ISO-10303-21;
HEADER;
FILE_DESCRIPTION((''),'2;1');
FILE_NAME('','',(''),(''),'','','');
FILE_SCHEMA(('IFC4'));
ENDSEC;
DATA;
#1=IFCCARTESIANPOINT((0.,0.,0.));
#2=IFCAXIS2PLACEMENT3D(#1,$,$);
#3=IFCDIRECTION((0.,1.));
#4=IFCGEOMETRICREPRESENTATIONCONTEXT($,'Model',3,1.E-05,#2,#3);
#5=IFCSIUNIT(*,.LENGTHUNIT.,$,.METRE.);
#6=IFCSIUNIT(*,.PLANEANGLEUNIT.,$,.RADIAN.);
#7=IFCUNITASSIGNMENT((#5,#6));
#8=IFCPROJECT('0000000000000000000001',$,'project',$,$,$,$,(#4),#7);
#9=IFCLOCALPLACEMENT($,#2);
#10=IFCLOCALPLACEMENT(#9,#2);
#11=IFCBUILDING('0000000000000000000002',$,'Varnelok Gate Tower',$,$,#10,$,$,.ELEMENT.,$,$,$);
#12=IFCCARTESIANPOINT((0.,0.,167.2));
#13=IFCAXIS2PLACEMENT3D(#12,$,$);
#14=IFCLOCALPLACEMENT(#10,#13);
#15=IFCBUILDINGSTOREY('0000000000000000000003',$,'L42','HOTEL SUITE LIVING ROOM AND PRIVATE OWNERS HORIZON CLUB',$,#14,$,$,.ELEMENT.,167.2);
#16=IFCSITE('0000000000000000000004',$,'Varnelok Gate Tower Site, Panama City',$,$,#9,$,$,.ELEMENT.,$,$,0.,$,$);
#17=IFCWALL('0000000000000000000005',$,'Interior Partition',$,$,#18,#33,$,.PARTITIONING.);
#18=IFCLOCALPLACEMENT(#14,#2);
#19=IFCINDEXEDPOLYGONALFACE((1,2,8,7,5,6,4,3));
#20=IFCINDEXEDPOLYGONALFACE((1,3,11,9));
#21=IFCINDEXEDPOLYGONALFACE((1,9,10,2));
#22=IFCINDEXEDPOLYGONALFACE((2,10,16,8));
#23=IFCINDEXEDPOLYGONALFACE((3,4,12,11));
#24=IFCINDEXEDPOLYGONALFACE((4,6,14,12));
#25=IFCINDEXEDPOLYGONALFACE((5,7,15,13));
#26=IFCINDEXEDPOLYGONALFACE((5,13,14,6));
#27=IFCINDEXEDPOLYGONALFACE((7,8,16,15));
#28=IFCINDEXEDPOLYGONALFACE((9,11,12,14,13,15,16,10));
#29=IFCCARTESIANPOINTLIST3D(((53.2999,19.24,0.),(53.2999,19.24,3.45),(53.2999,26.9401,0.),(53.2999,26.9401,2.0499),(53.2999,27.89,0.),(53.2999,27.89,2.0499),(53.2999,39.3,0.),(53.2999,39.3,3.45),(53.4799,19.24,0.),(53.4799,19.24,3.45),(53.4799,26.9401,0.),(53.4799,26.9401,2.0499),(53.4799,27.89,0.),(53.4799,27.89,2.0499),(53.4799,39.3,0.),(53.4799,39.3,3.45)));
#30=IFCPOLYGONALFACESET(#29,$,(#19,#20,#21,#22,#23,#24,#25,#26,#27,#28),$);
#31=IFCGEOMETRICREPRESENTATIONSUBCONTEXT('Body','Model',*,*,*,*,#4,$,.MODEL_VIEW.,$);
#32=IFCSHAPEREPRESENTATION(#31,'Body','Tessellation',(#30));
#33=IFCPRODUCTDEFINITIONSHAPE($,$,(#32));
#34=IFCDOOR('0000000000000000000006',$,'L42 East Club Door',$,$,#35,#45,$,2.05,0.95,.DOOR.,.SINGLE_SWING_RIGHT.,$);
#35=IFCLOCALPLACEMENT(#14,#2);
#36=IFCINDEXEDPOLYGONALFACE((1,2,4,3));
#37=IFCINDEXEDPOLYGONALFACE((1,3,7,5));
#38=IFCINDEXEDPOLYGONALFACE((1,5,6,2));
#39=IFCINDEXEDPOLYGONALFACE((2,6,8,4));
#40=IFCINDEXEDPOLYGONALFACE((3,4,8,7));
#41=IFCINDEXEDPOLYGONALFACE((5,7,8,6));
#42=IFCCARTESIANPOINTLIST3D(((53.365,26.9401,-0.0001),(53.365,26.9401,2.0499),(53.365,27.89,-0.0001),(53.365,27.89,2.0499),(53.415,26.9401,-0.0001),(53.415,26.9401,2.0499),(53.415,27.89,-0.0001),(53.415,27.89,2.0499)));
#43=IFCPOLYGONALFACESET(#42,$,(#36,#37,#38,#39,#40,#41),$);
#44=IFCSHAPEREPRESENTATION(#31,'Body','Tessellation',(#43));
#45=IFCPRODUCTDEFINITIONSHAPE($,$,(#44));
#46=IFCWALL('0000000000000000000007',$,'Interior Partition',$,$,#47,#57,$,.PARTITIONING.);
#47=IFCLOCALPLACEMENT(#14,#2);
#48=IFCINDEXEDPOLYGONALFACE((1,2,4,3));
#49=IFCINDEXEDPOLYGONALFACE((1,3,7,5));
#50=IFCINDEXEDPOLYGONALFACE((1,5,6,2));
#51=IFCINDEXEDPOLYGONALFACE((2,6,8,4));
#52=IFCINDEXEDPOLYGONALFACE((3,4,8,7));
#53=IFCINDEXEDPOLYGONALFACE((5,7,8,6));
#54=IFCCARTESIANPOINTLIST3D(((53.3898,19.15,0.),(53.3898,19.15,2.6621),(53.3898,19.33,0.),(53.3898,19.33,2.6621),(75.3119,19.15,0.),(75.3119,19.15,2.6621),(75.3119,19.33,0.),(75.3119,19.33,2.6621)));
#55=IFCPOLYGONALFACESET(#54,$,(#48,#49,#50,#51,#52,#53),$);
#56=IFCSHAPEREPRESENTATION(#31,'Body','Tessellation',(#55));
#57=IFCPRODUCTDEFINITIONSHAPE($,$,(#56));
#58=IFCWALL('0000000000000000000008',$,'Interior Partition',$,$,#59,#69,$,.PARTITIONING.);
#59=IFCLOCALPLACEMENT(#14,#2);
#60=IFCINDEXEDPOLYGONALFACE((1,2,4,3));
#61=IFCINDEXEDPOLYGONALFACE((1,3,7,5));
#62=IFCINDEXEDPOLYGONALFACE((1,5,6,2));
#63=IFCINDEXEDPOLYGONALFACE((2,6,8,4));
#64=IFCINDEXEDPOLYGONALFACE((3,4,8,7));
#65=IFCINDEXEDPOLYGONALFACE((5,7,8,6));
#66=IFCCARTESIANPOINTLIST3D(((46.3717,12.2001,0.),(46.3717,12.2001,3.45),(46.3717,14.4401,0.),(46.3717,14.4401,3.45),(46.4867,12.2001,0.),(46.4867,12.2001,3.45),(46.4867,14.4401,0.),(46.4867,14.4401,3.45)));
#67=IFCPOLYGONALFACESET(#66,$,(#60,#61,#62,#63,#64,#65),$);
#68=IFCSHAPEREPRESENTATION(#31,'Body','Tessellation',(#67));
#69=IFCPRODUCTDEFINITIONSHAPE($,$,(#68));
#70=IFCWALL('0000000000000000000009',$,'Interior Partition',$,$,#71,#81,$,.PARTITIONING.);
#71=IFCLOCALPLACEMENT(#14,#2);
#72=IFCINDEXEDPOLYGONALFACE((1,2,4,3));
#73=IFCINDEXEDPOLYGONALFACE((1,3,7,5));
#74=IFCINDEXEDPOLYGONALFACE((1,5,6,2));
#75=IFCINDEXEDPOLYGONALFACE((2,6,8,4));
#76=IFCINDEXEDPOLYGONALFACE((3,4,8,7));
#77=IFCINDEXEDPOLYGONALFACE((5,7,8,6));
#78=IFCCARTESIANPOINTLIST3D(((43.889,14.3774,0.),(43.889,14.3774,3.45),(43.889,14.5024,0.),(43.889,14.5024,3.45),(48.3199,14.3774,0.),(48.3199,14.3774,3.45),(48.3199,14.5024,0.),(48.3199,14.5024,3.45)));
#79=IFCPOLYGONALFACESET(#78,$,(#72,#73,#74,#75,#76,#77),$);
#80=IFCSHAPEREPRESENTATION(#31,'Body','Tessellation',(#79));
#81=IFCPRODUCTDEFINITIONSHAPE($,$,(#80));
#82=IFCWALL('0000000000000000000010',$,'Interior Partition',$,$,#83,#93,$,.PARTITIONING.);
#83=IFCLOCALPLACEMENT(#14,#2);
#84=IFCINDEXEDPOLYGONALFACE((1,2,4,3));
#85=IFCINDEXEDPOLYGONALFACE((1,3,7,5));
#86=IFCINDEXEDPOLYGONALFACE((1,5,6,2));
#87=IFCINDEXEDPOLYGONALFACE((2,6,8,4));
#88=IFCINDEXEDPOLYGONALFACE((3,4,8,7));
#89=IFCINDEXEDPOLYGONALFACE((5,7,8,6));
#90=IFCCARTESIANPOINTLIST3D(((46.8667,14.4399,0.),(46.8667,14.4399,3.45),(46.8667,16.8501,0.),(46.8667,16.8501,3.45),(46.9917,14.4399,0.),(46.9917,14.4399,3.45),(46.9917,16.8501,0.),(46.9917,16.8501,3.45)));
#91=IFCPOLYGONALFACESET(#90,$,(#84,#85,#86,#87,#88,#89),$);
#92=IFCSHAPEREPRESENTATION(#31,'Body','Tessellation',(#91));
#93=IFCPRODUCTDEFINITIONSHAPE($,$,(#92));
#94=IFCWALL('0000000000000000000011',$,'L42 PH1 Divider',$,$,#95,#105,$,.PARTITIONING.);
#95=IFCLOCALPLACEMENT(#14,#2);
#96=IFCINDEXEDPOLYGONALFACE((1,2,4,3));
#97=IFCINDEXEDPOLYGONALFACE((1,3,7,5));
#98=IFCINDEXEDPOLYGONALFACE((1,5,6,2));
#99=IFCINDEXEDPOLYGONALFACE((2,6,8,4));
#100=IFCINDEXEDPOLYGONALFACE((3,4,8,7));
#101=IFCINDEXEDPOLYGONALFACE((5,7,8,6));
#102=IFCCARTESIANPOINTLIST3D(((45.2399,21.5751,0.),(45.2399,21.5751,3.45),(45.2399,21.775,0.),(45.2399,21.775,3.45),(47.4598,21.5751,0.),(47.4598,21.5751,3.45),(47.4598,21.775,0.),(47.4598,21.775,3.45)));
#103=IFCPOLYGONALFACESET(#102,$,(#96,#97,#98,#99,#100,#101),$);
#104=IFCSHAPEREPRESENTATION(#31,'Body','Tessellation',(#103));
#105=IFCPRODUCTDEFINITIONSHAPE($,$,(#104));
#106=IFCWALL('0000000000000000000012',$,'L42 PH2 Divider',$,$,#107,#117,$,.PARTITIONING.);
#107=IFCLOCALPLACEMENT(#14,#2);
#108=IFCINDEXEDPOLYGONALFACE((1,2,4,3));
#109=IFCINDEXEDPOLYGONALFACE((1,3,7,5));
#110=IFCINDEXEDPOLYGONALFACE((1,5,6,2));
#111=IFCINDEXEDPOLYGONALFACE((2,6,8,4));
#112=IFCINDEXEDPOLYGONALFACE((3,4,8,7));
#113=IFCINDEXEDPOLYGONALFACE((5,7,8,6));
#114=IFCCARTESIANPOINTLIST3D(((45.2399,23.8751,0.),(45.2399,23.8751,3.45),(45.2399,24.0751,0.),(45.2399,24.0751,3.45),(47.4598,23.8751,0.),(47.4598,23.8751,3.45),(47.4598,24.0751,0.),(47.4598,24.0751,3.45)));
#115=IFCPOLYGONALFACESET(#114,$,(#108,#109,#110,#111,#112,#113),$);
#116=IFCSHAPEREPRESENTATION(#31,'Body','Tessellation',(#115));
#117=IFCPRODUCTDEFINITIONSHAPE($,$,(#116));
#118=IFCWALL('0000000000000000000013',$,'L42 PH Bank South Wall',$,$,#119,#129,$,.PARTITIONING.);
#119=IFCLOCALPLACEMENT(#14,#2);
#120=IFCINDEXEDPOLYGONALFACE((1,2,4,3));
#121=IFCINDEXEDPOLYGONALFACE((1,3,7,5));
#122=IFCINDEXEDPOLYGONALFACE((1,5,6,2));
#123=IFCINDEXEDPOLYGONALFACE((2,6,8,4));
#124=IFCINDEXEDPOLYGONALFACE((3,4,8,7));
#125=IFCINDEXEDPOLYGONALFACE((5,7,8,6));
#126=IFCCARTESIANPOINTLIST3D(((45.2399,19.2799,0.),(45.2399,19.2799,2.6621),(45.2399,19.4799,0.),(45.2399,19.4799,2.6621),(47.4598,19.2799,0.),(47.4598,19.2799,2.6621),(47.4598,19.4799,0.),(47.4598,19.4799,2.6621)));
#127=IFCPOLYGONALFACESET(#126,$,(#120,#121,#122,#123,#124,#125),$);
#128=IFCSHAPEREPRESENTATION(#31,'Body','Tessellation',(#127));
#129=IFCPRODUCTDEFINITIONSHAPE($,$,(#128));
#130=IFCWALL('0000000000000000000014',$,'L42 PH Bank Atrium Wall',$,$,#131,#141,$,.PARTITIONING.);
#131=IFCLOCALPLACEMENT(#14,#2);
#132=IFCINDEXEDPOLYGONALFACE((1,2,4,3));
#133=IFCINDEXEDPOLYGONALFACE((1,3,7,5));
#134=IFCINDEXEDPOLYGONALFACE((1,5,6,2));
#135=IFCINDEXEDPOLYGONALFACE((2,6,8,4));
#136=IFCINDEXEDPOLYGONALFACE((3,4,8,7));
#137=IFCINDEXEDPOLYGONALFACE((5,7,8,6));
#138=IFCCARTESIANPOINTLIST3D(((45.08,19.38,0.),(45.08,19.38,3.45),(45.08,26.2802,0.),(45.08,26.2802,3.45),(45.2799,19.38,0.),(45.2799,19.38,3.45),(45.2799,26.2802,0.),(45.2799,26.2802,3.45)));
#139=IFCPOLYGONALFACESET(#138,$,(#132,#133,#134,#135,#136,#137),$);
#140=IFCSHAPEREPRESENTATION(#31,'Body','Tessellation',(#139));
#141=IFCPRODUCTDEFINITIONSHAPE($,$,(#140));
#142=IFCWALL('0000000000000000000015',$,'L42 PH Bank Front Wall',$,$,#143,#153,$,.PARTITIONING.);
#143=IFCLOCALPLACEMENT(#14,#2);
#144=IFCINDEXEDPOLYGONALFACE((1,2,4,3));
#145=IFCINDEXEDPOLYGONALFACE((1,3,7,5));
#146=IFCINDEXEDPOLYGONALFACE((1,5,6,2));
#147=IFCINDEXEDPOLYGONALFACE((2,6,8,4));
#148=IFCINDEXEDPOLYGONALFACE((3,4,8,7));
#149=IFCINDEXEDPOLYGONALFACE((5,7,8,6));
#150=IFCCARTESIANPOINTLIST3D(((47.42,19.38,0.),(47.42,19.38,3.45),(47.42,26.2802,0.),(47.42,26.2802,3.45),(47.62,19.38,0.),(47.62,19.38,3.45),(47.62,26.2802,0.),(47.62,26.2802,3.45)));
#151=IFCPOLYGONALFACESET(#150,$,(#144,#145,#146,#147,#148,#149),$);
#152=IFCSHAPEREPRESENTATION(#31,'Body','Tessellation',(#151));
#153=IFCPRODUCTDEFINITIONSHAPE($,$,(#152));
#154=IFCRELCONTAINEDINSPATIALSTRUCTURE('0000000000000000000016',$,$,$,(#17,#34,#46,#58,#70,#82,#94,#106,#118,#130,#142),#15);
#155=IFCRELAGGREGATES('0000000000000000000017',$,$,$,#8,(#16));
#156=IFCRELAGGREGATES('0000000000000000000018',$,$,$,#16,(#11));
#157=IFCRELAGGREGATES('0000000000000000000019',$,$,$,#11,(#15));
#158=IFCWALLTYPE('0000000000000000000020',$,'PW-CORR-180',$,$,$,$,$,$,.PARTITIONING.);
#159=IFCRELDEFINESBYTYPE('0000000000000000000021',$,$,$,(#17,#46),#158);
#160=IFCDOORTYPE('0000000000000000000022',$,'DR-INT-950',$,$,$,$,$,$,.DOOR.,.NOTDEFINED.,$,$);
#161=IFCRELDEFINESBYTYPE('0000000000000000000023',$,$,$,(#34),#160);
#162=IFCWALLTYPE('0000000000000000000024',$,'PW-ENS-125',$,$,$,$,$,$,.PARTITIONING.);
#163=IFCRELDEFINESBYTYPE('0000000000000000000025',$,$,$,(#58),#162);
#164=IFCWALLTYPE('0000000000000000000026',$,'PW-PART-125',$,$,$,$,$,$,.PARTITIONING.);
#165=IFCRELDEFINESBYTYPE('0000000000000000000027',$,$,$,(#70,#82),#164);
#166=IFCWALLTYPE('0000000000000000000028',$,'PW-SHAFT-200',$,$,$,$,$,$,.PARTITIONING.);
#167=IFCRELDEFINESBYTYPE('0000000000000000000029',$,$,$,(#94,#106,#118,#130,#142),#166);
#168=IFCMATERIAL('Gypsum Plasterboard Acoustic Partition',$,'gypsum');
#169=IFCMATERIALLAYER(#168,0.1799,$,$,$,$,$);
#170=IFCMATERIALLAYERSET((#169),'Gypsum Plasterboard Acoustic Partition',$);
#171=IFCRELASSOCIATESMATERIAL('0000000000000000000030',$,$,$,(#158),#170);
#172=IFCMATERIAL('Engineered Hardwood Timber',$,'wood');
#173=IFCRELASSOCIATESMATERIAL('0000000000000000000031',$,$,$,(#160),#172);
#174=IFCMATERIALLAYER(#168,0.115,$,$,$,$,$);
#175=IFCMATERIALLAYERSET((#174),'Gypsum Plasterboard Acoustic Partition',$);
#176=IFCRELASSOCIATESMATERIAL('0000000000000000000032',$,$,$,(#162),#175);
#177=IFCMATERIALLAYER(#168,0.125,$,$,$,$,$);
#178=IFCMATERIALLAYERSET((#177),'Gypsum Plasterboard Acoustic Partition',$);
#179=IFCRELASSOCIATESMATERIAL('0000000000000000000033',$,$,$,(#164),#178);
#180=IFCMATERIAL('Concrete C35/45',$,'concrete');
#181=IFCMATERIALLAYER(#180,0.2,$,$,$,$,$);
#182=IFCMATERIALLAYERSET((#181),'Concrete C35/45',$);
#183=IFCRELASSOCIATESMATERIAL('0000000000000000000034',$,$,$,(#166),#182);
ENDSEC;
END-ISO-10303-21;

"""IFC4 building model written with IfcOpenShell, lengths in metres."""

from ifc_helpers import new_model, si_unit, direction, frame, frame_2d, origin, place, context, subcontext, project, spatial, rectangle, extrude, material, layer, layer_set, type_object, element, fill, save


model = new_model("IFC4")

# Units and contexts
model_context = context("Model", 3, precision=1e-05, world=origin(), true_north=direction((0.0, 1.0)))
body_context = subcontext(model_context, "Body", "Model", "MODEL_VIEW")
ifc_project = project(units=[si_unit("LENGTHUNIT", "METRE"), si_unit("PLANEANGLEUNIT", "RADIAN")], contexts=[model_context])

# Site, building, storey
site_placement = place(None, origin())
site = spatial("IfcSite", under=ifc_project, at=site_placement, Name="Varnelok Gate Tower Site, Panama City", CompositionType="ELEMENT", RefElevation=0.0)
building_placement = place(site_placement, origin())
building = spatial("IfcBuilding", under=site, at=building_placement, Name="Varnelok Gate Tower", CompositionType="ELEMENT")
storey_placement = place(building_placement, frame((0.0, 0.0, 167.2)))
storey = spatial("IfcBuildingStorey", under=building, at=storey_placement, Name="L42", Description="HOTEL SUITE LIVING ROOM AND PRIVATE OWNERS HORIZON CLUB", CompositionType="ELEMENT", Elevation=167.2)

# Wall, opening, door
ifc_material_1 = material(Name="Gypsum Plasterboard Acoustic Partition", Category="gypsum")
ifc_layer_1 = layer(ifc_material_1, 0.1799)
ifc_layer_set_1 = layer_set([ifc_layer_1], Name="Gypsum Plasterboard Acoustic Partition")
wall_type_1 = type_object("IfcWallType", Name="PW-CORR-180", PredefinedType="PARTITIONING", material=ifc_layer_set_1)
ifc_material_2 = material(Name="Engineered Hardwood Timber", Category="wood")
wall_1_placement = place(storey_placement, frame((53.3899, 19.24, 0.0), z_axis=(0.0, 0.0, 1.0), x_axis=(0.0, 1.0, 0.0)))
wall_1 = element("IfcWall", 1, at=wall_1_placement, inside=storey, type_object=wall_type_1, Name="Interior Partition", PredefinedType="PARTITIONING", context=body_context, shape_type="SweptSolid", body=[
    extrude(rectangle(XDim=20.0601, YDim=0.1799, at=frame_2d((10.03, 0.0))), origin(), (0.0, 0.0, 1.0), 3.45),
])
opening_1_placement = place(wall_1_placement, frame((7.7, 0.0, 0.0)))
opening_1 = element("IfcOpeningElement", 2, at=opening_1_placement, cuts=wall_1, PredefinedType="OPENING", context=body_context, shape_type="SweptSolid", body=[
    extrude(rectangle(XDim=0.95, YDim=2.05, at=frame_2d((0.4751, 1.0249))), frame((0.0, 0.0999, 0.0), z_axis=(0.0, -1.0, 0.0), x_axis=(1.0, 0.0, 0.0)), (0.0, 0.0, 1.0), 0.2),
])
door_type_1 = type_object("IfcDoorType", Name="DR-INT-950", OperationType="NOTDEFINED", PredefinedType="DOOR", material=ifc_material_2)
door_1_placement = place(opening_1_placement, origin())
door_1 = element("IfcDoor", 3, at=door_1_placement, inside=storey, type_object=door_type_1, Name="L42 East Club Door", OperationType="SINGLE_SWING_RIGHT", OverallHeight=2.05, OverallWidth=0.95, PredefinedType="DOOR", context=body_context, shape_type="SweptSolid", body=[
    extrude(rectangle(XDim=0.95, YDim=2.05, at=frame_2d((0.4751, 1.0249))), frame((0.0, 0.0249, 0.0), z_axis=(0.0, -1.0, 0.0), x_axis=(1.0, 0.0, 0.0)), (0.0, 0.0, 1.0), 0.05),
])
fill(opening_1, door_1)

# Walls
wall_2_placement = place(storey_placement, frame((53.3899, 19.24, 0.0), z_axis=(0.0, 0.0, 1.0), x_axis=(1.0, 0.0, 0.0)))
element("IfcWall", 4, at=wall_2_placement, inside=storey, type_object=wall_type_1, Name="Interior Partition", PredefinedType="PARTITIONING", context=body_context, shape_type="SweptSolid", body=[
    extrude(rectangle(XDim=21.9221, YDim=0.1799, at=frame_2d((10.9609, 0.0))), origin(), (0.0, 0.0, 1.0), 2.6621),
])
ifc_layer_2 = layer(ifc_material_1, 0.115)
ifc_layer_set_2 = layer_set([ifc_layer_2], Name="Gypsum Plasterboard Acoustic Partition")
wall_type_2 = type_object("IfcWallType", Name="PW-ENS-125", PredefinedType="PARTITIONING", material=ifc_layer_set_2)
wall_3_placement = place(storey_placement, frame((46.4292, 12.2, 0.0), z_axis=(0.0, 0.0, 1.0), x_axis=(0.0, 1.0, 0.0)))
element("IfcWall", 5, at=wall_3_placement, inside=storey, type_object=wall_type_2, Name="Interior Partition", PredefinedType="PARTITIONING", context=body_context, shape_type="SweptSolid", body=[
    extrude(rectangle(XDim=2.24, YDim=0.115, at=frame_2d((1.1201, 0.0))), origin(), (0.0, 0.0, 1.0), 3.45),
])
ifc_layer_3 = layer(ifc_material_1, 0.125)
ifc_layer_set_3 = layer_set([ifc_layer_3], Name="Gypsum Plasterboard Acoustic Partition")
wall_type_3 = type_object("IfcWallType", Name="PW-PART-125", PredefinedType="PARTITIONING", material=ifc_layer_set_3)
wall_4_placement = place(storey_placement, frame((43.8892, 14.4399, 0.0), z_axis=(0.0, 0.0, 1.0), x_axis=(1.0, 0.0, 0.0)))
element("IfcWall", 6, at=wall_4_placement, inside=storey, type_object=wall_type_3, Name="Interior Partition", PredefinedType="PARTITIONING", context=body_context, shape_type="SweptSolid", body=[
    extrude(rectangle(XDim=4.4309, YDim=0.125, at=frame_2d((2.2153, 0.0))), origin(), (0.0, 0.0, 1.0), 3.45),
])
wall_5_placement = place(storey_placement, frame((46.9292, 14.4399, 0.0), z_axis=(0.0, 0.0, 1.0), x_axis=(0.0, 1.0, 0.0)))
element("IfcWall", 7, at=wall_5_placement, inside=storey, type_object=wall_type_3, Name="Interior Partition", PredefinedType="PARTITIONING", context=body_context, shape_type="SweptSolid", body=[
    extrude(rectangle(XDim=2.4102, YDim=0.125, at=frame_2d((1.2051, 0.0))), origin(), (0.0, 0.0, 1.0), 3.45),
])
ifc_material_3 = material(Name="Concrete C35/45", Category="concrete")
ifc_layer_4 = layer(ifc_material_3, 0.2)
ifc_layer_set_4 = layer_set([ifc_layer_4], Name="Concrete C35/45")
wall_type_4 = type_object("IfcWallType", Name="PW-SHAFT-200", PredefinedType="PARTITIONING", material=ifc_layer_set_4)
for number, where, z_axis, x_axis, name in (
    (8, (45.24, 21.675, 0.0), (0.0, 0.0, 1.0), (1.0, 0.0, 0.0), "L42 PH1 Divider"),
    (9, (45.24, 23.9751, 0.0), (0.0, 0.0, 1.0), (1.0, 0.0, 0.0), "L42 PH2 Divider"),
):
    element("IfcWall", number, at=place(storey_placement, frame(where, z_axis=z_axis, x_axis=x_axis)), inside=storey, type_object=wall_type_4, Name=name, PredefinedType="PARTITIONING", context=body_context, shape_type="SweptSolid", body=[
        extrude(rectangle(XDim=2.22, YDim=0.2, at=frame_2d((1.1099, 0.0))), origin(), (0.0, 0.0, 1.0), 3.45),
    ])
wall_6_placement = place(storey_placement, frame((45.24, 19.3799, 0.0), z_axis=(0.0, 0.0, 1.0), x_axis=(1.0, 0.0, 0.0)))
element("IfcWall", 10, at=wall_6_placement, inside=storey, type_object=wall_type_4, Name="L42 PH Bank South Wall", PredefinedType="PARTITIONING", context=body_context, shape_type="SweptSolid", body=[
    extrude(rectangle(XDim=2.22, YDim=0.2, at=frame_2d((1.1099, 0.0))), origin(), (0.0, 0.0, 1.0), 2.6621),
])
for number, where, z_axis, x_axis, name in (
    (11, (45.1799, 19.3799, 0.0), (0.0, 0.0, 1.0), (0.0, 1.0, 0.0), "L42 PH Bank Atrium Wall"),
    (12, (47.52, 19.3799, 0.0), (0.0, 0.0, 1.0), (0.0, 1.0, 0.0), "L42 PH Bank Front Wall"),
):
    element("IfcWall", number, at=place(storey_placement, frame(where, z_axis=z_axis, x_axis=x_axis)), inside=storey, type_object=wall_type_4, Name=name, PredefinedType="PARTITIONING", context=body_context, shape_type="SweptSolid", body=[
        extrude(rectangle(XDim=6.9001, YDim=0.2, at=frame_2d((3.4502, 0.0))), origin(), (0.0, 0.0, 1.0), 3.45),
    ])

save(model, "model.ifc")
